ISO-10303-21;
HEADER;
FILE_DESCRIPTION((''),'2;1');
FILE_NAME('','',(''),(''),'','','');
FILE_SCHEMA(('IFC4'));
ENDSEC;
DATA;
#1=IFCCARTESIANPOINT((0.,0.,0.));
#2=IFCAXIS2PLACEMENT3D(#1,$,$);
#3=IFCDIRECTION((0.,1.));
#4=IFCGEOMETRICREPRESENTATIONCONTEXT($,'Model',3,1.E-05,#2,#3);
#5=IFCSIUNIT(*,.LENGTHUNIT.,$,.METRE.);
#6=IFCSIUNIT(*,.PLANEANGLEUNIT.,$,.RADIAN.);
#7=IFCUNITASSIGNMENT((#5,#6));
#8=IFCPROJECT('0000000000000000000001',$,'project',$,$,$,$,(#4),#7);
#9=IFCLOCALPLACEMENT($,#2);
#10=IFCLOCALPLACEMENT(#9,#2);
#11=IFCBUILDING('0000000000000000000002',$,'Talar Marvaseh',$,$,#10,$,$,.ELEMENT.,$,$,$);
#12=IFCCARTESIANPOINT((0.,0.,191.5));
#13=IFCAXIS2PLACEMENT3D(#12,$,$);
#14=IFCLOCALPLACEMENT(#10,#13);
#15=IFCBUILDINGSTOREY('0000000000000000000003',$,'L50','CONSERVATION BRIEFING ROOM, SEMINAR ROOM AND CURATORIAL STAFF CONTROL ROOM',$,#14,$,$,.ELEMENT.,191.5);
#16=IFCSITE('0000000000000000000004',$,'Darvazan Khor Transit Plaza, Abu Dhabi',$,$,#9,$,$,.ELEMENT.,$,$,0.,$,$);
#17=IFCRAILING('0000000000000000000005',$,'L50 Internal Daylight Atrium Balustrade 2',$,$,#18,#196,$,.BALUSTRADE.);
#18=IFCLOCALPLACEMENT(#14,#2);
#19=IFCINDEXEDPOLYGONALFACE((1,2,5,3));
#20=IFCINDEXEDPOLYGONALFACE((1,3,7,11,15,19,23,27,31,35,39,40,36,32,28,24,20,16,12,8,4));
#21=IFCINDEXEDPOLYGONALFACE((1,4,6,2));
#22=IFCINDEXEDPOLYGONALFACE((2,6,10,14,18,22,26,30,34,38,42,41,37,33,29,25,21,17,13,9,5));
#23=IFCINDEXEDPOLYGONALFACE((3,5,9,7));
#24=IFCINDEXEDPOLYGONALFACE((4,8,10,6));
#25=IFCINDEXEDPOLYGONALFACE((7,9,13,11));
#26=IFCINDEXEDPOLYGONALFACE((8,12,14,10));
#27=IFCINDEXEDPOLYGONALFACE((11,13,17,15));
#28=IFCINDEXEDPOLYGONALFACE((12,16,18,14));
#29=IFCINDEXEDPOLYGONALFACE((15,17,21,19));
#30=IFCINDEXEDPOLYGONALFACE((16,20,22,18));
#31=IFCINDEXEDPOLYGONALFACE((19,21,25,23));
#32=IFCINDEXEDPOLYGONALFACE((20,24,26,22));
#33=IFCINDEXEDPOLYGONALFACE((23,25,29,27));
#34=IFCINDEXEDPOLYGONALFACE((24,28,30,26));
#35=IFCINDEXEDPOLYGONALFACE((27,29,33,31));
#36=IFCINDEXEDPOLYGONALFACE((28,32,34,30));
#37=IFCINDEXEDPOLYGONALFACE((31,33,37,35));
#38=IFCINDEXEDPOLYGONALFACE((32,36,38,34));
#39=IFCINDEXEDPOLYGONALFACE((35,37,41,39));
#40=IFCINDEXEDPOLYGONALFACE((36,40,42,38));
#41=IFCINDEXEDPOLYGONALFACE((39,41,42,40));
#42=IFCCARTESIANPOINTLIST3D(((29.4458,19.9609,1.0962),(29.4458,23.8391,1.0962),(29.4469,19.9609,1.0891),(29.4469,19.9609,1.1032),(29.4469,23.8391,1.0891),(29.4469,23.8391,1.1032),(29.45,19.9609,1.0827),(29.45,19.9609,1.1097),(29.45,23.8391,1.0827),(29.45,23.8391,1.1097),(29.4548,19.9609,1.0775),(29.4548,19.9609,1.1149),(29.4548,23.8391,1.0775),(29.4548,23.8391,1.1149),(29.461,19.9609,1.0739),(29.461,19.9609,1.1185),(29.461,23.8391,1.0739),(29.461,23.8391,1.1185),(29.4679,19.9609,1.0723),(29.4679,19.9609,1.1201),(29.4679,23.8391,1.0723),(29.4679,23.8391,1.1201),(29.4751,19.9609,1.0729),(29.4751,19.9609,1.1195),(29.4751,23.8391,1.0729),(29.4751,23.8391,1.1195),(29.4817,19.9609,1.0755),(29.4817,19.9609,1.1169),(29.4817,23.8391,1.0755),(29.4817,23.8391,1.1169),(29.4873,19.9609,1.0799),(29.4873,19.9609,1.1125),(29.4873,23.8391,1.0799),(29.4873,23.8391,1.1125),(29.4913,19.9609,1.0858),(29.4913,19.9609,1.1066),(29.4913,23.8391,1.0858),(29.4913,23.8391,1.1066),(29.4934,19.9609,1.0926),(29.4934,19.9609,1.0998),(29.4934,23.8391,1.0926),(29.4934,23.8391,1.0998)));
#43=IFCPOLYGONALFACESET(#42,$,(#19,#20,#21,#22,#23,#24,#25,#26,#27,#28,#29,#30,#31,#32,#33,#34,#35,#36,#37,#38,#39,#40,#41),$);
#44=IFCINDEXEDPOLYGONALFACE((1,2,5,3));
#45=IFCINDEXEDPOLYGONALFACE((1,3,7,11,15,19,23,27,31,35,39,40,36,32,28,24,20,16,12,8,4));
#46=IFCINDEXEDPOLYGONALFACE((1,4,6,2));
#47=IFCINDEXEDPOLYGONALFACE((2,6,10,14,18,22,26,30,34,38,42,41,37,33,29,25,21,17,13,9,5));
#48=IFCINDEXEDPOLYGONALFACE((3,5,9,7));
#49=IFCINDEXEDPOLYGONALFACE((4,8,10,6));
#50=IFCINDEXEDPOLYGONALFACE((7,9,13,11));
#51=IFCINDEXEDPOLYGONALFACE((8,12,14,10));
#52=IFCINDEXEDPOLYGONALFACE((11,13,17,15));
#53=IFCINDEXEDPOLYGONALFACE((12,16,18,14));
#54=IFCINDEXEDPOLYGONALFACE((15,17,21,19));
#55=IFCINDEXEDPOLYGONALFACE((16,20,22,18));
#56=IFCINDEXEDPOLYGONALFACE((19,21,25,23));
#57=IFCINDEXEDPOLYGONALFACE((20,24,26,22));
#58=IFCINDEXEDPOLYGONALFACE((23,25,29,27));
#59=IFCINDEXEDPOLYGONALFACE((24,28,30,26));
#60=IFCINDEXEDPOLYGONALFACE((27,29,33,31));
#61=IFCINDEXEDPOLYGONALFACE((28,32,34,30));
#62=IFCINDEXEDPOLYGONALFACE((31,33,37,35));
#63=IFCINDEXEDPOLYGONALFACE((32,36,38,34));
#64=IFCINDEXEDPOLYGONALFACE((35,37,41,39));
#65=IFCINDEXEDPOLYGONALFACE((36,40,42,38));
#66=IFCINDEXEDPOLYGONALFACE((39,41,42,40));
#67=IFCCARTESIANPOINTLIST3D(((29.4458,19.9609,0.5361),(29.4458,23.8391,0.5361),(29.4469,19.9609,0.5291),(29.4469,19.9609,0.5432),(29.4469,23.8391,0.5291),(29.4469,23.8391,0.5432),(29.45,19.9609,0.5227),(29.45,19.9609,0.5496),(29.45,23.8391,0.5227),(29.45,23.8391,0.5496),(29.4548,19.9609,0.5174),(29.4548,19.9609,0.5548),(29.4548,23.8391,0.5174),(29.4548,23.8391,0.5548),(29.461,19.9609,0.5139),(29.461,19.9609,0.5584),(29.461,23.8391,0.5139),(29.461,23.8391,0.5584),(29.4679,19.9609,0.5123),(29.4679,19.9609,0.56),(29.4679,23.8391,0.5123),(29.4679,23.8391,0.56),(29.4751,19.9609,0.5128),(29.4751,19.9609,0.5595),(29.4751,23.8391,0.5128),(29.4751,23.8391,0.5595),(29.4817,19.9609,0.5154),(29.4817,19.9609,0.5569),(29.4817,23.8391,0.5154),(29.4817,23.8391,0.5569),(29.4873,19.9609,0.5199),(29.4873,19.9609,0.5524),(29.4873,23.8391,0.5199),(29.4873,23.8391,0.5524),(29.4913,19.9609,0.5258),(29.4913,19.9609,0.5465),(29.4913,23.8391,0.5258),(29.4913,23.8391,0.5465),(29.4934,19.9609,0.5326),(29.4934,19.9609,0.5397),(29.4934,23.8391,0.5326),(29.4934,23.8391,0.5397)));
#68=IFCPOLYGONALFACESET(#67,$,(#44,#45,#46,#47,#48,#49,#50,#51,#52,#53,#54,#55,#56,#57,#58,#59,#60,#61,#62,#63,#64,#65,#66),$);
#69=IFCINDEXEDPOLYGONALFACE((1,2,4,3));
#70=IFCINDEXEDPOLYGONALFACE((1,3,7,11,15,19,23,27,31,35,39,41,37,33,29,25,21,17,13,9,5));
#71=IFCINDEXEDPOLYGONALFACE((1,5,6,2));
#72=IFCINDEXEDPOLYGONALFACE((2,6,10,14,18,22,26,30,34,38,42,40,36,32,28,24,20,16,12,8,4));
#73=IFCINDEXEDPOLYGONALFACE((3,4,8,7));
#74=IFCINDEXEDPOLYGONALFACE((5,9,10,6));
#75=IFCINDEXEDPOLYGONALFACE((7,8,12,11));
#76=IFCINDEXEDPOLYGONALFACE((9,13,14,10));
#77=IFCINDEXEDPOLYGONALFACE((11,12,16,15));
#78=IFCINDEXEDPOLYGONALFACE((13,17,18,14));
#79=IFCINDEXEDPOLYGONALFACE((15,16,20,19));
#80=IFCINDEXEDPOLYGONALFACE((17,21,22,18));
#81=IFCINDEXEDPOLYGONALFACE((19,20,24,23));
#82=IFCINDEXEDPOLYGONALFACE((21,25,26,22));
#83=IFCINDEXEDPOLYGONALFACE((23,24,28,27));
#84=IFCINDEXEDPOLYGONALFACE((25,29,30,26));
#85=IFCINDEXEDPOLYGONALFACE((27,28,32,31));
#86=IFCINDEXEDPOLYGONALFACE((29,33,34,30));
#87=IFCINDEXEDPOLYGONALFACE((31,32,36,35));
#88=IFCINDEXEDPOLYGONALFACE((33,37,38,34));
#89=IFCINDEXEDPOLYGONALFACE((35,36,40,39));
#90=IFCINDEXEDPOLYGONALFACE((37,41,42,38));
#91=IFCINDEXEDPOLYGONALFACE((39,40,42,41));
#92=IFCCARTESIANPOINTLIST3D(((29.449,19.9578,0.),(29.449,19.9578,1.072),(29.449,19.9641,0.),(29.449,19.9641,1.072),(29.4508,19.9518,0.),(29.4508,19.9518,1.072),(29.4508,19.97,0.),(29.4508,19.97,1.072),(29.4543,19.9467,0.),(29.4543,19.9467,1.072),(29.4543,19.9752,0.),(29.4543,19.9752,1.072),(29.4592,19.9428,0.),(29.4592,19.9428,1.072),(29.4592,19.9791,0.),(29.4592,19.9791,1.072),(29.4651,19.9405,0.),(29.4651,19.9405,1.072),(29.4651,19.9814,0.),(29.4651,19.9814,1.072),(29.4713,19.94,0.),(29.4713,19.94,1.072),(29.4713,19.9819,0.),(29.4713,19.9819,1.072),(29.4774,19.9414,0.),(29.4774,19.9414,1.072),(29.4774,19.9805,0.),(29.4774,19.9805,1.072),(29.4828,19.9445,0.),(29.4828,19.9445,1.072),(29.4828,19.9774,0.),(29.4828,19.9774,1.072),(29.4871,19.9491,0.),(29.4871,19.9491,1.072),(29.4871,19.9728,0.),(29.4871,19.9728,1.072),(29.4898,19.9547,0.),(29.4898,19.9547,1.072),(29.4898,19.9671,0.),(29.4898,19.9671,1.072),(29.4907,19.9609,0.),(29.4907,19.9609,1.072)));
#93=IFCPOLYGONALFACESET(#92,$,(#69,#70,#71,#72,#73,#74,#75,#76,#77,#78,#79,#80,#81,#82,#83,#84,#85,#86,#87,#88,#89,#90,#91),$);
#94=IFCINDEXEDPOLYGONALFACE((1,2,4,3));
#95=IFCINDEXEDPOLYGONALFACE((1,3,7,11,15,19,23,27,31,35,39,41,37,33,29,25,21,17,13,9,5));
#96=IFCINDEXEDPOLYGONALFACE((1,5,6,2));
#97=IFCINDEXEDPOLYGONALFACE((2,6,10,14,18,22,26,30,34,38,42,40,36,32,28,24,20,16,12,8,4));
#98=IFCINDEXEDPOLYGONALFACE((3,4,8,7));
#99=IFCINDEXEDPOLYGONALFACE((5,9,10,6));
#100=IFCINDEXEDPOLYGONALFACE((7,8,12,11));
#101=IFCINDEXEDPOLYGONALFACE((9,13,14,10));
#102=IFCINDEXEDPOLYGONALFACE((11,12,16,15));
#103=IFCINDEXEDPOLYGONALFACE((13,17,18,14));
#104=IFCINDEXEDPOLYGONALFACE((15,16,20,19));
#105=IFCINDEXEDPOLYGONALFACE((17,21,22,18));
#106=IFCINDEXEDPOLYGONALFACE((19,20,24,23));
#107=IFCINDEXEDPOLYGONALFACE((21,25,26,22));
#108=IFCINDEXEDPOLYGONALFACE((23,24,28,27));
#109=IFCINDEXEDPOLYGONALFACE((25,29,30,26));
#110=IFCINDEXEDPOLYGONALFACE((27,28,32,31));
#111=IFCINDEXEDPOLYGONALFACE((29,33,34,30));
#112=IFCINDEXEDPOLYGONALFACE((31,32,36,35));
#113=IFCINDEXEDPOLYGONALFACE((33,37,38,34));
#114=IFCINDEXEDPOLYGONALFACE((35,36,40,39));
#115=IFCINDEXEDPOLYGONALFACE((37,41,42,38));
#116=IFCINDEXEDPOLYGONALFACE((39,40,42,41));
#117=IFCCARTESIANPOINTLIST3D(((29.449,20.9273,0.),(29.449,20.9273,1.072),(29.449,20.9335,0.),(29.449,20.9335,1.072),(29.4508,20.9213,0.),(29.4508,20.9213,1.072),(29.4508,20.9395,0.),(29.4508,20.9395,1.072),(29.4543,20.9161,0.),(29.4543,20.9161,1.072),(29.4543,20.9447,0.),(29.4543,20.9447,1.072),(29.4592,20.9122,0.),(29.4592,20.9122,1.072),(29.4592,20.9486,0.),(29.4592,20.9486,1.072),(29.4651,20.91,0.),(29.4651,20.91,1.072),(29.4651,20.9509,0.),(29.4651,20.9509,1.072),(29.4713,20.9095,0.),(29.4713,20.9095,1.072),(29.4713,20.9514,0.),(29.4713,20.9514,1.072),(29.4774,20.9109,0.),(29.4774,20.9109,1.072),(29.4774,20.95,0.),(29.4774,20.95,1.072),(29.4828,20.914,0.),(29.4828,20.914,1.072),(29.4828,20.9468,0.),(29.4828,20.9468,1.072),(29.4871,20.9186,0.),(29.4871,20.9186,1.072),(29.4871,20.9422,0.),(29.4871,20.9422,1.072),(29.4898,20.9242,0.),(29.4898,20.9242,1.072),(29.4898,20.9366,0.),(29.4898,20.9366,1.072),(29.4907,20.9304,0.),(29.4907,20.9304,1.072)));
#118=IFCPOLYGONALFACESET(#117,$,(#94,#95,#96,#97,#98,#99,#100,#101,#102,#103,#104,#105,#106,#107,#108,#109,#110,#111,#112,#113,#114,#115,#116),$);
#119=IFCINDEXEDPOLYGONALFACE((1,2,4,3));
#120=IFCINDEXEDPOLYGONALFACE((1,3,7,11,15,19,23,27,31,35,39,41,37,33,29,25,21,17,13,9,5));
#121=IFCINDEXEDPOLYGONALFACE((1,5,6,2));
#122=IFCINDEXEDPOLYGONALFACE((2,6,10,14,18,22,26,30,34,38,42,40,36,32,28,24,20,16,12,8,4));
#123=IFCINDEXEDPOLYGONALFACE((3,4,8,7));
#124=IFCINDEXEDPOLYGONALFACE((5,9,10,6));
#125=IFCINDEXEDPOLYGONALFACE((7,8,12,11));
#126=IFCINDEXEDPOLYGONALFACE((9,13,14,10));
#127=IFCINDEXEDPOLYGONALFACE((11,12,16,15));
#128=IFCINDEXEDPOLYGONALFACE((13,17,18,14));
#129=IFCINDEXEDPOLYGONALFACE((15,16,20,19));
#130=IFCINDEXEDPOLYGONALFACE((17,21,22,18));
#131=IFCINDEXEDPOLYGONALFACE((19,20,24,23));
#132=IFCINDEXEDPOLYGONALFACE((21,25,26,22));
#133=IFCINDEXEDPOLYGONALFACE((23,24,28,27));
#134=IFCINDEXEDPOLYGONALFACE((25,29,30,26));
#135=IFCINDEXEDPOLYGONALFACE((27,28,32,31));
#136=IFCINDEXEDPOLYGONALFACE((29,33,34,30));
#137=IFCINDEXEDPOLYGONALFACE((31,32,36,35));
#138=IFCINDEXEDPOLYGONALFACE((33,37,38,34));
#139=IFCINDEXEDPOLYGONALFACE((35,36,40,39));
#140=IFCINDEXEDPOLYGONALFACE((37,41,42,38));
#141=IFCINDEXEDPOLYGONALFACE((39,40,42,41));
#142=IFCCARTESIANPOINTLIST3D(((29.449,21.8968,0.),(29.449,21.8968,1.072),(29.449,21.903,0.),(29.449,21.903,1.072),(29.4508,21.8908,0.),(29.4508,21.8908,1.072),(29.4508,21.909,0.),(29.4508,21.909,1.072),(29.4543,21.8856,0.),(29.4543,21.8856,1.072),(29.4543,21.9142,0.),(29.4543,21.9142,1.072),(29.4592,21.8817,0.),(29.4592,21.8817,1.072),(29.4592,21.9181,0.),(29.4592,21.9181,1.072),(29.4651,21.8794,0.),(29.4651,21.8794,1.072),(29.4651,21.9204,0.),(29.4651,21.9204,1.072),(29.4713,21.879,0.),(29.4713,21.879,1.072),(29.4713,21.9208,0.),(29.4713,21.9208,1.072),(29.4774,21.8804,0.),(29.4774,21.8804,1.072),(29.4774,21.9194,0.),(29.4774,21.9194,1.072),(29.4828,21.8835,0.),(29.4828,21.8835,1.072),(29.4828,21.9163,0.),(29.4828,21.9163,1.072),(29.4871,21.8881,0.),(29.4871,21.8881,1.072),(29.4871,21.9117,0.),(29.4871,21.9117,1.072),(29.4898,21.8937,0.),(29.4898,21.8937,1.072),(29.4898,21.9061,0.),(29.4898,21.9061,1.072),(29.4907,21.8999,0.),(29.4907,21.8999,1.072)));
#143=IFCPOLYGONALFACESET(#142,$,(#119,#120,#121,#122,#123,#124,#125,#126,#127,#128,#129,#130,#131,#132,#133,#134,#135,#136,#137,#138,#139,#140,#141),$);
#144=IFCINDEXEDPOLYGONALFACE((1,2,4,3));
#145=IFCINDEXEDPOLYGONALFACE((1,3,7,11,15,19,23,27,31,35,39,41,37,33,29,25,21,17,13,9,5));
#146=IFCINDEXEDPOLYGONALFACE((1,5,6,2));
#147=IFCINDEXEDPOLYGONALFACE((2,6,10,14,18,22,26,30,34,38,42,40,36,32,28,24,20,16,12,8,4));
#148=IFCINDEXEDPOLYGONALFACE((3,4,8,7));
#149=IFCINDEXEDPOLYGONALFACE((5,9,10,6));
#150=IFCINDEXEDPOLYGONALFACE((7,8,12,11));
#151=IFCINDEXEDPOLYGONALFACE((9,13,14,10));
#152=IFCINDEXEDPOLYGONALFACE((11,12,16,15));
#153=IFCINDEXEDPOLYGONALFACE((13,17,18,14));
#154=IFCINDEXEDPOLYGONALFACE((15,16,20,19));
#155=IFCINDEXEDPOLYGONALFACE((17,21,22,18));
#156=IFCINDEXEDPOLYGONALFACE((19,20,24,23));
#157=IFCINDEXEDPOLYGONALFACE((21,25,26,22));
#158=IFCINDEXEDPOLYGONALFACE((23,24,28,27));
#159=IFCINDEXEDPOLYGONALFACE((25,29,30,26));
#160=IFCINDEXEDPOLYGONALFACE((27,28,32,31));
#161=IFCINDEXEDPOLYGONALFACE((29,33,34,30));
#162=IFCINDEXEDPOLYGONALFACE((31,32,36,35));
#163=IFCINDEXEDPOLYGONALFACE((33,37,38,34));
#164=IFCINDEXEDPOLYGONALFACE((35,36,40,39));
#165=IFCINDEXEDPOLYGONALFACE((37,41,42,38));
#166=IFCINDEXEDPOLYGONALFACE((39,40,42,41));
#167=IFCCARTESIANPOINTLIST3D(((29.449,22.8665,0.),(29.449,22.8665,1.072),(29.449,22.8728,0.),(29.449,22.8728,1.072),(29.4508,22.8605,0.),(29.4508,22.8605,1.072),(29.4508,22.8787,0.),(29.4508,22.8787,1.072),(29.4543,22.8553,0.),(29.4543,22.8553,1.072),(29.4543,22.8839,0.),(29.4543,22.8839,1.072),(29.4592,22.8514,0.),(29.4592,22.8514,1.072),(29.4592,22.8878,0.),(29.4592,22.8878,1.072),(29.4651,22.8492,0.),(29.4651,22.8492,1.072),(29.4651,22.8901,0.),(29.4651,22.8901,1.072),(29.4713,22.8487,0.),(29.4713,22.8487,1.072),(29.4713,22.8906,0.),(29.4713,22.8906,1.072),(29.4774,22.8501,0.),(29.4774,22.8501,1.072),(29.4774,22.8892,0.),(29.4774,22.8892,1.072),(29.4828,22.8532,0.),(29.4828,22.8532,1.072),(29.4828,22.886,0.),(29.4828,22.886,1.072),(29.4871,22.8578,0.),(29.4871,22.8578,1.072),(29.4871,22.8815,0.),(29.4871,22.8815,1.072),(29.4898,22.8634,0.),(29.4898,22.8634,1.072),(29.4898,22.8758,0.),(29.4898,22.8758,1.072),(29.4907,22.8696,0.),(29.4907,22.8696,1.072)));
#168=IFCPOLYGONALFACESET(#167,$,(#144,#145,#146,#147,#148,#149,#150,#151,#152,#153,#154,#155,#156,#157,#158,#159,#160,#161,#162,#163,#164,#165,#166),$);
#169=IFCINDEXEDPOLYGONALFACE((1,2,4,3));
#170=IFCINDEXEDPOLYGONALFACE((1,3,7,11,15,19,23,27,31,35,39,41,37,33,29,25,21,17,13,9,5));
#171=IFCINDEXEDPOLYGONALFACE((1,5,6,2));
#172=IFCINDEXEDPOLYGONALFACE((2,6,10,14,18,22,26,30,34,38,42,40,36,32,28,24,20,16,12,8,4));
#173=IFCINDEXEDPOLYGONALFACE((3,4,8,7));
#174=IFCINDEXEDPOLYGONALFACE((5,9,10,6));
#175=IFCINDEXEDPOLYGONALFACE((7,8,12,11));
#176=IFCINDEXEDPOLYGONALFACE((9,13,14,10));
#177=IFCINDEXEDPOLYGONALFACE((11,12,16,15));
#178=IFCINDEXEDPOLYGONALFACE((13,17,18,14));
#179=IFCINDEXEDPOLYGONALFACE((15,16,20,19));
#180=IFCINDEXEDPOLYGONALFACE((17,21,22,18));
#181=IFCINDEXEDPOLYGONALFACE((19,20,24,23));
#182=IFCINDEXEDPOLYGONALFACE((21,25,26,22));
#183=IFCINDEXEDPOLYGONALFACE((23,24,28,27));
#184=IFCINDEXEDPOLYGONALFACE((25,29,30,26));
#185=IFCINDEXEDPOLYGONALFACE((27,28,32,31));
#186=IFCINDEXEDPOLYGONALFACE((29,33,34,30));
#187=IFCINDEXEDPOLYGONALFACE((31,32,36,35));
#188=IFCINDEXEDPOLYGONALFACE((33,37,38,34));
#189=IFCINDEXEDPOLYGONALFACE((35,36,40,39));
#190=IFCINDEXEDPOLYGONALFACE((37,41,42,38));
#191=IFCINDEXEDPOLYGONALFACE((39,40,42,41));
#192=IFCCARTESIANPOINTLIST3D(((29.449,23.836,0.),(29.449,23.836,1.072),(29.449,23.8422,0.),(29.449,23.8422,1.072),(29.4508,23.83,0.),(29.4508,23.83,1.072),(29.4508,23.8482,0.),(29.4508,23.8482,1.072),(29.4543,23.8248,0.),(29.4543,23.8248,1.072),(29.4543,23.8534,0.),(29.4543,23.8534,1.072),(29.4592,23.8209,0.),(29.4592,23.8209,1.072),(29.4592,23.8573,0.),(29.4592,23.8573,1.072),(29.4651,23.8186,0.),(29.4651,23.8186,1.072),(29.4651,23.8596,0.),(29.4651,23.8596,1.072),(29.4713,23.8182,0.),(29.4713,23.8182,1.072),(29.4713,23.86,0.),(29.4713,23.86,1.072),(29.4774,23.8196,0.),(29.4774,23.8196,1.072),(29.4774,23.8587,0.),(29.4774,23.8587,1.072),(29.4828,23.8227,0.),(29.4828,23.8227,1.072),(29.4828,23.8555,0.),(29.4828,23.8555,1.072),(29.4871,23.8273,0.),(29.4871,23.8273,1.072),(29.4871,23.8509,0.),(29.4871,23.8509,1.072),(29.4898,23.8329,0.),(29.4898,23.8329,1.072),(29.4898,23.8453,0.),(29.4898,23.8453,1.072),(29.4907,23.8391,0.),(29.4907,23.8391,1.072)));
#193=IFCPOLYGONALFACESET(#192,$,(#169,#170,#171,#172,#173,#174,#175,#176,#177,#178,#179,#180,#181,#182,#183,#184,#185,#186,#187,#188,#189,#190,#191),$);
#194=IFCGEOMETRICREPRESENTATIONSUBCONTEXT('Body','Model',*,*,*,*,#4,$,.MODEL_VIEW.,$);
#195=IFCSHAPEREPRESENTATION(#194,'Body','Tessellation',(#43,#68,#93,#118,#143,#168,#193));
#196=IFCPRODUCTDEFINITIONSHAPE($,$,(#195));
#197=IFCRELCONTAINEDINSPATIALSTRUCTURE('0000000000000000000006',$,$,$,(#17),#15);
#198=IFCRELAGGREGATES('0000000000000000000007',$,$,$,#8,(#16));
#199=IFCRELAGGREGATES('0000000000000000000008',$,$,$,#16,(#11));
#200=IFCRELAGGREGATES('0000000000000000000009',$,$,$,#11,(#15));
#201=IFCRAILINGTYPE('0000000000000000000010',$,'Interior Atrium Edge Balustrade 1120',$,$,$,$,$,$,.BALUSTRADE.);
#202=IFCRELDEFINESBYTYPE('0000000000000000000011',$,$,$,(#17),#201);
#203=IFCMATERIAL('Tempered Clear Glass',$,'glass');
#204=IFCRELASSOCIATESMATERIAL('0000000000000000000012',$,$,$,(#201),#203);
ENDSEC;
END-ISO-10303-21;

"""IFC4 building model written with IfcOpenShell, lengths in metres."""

from ifc_helpers import new_model, si_unit, direction, frame, origin, origin_2d, place, context, subcontext, project, spatial, circle, extrude, material, type_object, element, save


model = new_model("IFC4")

# Units and contexts
model_context = context("Model", 3, precision=1e-05, world=origin(), true_north=direction((0.0, 1.0)))
body_context = subcontext(model_context, "Body", "Model", "MODEL_VIEW")
ifc_project = project(units=[si_unit("LENGTHUNIT", "METRE"), si_unit("PLANEANGLEUNIT", "RADIAN")], contexts=[model_context])

# Site, building, storey
site_placement = place(None, origin())
site = spatial("IfcSite", under=ifc_project, at=site_placement, Name="Darvazan Khor Transit Plaza, Abu Dhabi", CompositionType="ELEMENT", RefElevation=0.0)
building_placement = place(site_placement, origin())
building = spatial("IfcBuilding", under=site, at=building_placement, Name="Talar Marvaseh", CompositionType="ELEMENT")
storey_placement = place(building_placement, frame((0.0, 0.0, 191.5)))
storey = spatial("IfcBuildingStorey", under=building, at=storey_placement, Name="L50", Description="CONSERVATION BRIEFING ROOM, SEMINAR ROOM AND CURATORIAL STAFF CONTROL ROOM", CompositionType="ELEMENT", Elevation=191.5)

# Railing
ifc_material_1 = material(Name="Tempered Clear Glass", Category="glass")
railing_type = type_object("IfcRailingType", Name="Interior Atrium Edge Balustrade 1120", PredefinedType="BALUSTRADE", material=ifc_material_1)
railing_1_placement = place(storey_placement, frame((29.4697, 19.9609, 0.0)))
element("IfcRailing", 1, at=railing_1_placement, inside=storey, type_object=railing_type, Name="L50 Internal Daylight Atrium Balustrade 2", PredefinedType="BALUSTRADE", context=body_context, shape_type="SweptSolid", body=[
    extrude(circle(Radius=0.0239, at=origin_2d()), frame((0.0, 0.0, 1.0962), z_axis=(0.0, 1.0, 0.0), x_axis=(-1.0, 0.0, 0.0)), (0.0, 0.0, 1.0), 3.8782),
    extrude(circle(Radius=0.0239, at=origin_2d()), frame((0.0, 0.0, 0.5361), z_axis=(0.0, 1.0, 0.0), x_axis=(-1.0, 0.0, 0.0)), (0.0, 0.0, 1.0), 3.8782),
    extrude(circle(Radius=0.021, at=origin_2d()), origin(), (0.0, 0.0, 1.0), 1.072),
    extrude(circle(Radius=0.021, at=origin_2d()), frame((0.0, 0.9695, 0.0)), (0.0, 0.0, 1.0), 1.072),
    extrude(circle(Radius=0.021, at=origin_2d()), frame((0.0, 1.939, 0.0)), (0.0, 0.0, 1.0), 1.072),
    extrude(circle(Radius=0.021, at=origin_2d()), frame((0.0, 2.9087, 0.0)), (0.0, 0.0, 1.0), 1.072),
    extrude(circle(Radius=0.021, at=origin_2d()), frame((0.0, 3.8782, 0.0)), (0.0, 0.0, 1.0), 1.072),
])

save(model, "model.ifc")
